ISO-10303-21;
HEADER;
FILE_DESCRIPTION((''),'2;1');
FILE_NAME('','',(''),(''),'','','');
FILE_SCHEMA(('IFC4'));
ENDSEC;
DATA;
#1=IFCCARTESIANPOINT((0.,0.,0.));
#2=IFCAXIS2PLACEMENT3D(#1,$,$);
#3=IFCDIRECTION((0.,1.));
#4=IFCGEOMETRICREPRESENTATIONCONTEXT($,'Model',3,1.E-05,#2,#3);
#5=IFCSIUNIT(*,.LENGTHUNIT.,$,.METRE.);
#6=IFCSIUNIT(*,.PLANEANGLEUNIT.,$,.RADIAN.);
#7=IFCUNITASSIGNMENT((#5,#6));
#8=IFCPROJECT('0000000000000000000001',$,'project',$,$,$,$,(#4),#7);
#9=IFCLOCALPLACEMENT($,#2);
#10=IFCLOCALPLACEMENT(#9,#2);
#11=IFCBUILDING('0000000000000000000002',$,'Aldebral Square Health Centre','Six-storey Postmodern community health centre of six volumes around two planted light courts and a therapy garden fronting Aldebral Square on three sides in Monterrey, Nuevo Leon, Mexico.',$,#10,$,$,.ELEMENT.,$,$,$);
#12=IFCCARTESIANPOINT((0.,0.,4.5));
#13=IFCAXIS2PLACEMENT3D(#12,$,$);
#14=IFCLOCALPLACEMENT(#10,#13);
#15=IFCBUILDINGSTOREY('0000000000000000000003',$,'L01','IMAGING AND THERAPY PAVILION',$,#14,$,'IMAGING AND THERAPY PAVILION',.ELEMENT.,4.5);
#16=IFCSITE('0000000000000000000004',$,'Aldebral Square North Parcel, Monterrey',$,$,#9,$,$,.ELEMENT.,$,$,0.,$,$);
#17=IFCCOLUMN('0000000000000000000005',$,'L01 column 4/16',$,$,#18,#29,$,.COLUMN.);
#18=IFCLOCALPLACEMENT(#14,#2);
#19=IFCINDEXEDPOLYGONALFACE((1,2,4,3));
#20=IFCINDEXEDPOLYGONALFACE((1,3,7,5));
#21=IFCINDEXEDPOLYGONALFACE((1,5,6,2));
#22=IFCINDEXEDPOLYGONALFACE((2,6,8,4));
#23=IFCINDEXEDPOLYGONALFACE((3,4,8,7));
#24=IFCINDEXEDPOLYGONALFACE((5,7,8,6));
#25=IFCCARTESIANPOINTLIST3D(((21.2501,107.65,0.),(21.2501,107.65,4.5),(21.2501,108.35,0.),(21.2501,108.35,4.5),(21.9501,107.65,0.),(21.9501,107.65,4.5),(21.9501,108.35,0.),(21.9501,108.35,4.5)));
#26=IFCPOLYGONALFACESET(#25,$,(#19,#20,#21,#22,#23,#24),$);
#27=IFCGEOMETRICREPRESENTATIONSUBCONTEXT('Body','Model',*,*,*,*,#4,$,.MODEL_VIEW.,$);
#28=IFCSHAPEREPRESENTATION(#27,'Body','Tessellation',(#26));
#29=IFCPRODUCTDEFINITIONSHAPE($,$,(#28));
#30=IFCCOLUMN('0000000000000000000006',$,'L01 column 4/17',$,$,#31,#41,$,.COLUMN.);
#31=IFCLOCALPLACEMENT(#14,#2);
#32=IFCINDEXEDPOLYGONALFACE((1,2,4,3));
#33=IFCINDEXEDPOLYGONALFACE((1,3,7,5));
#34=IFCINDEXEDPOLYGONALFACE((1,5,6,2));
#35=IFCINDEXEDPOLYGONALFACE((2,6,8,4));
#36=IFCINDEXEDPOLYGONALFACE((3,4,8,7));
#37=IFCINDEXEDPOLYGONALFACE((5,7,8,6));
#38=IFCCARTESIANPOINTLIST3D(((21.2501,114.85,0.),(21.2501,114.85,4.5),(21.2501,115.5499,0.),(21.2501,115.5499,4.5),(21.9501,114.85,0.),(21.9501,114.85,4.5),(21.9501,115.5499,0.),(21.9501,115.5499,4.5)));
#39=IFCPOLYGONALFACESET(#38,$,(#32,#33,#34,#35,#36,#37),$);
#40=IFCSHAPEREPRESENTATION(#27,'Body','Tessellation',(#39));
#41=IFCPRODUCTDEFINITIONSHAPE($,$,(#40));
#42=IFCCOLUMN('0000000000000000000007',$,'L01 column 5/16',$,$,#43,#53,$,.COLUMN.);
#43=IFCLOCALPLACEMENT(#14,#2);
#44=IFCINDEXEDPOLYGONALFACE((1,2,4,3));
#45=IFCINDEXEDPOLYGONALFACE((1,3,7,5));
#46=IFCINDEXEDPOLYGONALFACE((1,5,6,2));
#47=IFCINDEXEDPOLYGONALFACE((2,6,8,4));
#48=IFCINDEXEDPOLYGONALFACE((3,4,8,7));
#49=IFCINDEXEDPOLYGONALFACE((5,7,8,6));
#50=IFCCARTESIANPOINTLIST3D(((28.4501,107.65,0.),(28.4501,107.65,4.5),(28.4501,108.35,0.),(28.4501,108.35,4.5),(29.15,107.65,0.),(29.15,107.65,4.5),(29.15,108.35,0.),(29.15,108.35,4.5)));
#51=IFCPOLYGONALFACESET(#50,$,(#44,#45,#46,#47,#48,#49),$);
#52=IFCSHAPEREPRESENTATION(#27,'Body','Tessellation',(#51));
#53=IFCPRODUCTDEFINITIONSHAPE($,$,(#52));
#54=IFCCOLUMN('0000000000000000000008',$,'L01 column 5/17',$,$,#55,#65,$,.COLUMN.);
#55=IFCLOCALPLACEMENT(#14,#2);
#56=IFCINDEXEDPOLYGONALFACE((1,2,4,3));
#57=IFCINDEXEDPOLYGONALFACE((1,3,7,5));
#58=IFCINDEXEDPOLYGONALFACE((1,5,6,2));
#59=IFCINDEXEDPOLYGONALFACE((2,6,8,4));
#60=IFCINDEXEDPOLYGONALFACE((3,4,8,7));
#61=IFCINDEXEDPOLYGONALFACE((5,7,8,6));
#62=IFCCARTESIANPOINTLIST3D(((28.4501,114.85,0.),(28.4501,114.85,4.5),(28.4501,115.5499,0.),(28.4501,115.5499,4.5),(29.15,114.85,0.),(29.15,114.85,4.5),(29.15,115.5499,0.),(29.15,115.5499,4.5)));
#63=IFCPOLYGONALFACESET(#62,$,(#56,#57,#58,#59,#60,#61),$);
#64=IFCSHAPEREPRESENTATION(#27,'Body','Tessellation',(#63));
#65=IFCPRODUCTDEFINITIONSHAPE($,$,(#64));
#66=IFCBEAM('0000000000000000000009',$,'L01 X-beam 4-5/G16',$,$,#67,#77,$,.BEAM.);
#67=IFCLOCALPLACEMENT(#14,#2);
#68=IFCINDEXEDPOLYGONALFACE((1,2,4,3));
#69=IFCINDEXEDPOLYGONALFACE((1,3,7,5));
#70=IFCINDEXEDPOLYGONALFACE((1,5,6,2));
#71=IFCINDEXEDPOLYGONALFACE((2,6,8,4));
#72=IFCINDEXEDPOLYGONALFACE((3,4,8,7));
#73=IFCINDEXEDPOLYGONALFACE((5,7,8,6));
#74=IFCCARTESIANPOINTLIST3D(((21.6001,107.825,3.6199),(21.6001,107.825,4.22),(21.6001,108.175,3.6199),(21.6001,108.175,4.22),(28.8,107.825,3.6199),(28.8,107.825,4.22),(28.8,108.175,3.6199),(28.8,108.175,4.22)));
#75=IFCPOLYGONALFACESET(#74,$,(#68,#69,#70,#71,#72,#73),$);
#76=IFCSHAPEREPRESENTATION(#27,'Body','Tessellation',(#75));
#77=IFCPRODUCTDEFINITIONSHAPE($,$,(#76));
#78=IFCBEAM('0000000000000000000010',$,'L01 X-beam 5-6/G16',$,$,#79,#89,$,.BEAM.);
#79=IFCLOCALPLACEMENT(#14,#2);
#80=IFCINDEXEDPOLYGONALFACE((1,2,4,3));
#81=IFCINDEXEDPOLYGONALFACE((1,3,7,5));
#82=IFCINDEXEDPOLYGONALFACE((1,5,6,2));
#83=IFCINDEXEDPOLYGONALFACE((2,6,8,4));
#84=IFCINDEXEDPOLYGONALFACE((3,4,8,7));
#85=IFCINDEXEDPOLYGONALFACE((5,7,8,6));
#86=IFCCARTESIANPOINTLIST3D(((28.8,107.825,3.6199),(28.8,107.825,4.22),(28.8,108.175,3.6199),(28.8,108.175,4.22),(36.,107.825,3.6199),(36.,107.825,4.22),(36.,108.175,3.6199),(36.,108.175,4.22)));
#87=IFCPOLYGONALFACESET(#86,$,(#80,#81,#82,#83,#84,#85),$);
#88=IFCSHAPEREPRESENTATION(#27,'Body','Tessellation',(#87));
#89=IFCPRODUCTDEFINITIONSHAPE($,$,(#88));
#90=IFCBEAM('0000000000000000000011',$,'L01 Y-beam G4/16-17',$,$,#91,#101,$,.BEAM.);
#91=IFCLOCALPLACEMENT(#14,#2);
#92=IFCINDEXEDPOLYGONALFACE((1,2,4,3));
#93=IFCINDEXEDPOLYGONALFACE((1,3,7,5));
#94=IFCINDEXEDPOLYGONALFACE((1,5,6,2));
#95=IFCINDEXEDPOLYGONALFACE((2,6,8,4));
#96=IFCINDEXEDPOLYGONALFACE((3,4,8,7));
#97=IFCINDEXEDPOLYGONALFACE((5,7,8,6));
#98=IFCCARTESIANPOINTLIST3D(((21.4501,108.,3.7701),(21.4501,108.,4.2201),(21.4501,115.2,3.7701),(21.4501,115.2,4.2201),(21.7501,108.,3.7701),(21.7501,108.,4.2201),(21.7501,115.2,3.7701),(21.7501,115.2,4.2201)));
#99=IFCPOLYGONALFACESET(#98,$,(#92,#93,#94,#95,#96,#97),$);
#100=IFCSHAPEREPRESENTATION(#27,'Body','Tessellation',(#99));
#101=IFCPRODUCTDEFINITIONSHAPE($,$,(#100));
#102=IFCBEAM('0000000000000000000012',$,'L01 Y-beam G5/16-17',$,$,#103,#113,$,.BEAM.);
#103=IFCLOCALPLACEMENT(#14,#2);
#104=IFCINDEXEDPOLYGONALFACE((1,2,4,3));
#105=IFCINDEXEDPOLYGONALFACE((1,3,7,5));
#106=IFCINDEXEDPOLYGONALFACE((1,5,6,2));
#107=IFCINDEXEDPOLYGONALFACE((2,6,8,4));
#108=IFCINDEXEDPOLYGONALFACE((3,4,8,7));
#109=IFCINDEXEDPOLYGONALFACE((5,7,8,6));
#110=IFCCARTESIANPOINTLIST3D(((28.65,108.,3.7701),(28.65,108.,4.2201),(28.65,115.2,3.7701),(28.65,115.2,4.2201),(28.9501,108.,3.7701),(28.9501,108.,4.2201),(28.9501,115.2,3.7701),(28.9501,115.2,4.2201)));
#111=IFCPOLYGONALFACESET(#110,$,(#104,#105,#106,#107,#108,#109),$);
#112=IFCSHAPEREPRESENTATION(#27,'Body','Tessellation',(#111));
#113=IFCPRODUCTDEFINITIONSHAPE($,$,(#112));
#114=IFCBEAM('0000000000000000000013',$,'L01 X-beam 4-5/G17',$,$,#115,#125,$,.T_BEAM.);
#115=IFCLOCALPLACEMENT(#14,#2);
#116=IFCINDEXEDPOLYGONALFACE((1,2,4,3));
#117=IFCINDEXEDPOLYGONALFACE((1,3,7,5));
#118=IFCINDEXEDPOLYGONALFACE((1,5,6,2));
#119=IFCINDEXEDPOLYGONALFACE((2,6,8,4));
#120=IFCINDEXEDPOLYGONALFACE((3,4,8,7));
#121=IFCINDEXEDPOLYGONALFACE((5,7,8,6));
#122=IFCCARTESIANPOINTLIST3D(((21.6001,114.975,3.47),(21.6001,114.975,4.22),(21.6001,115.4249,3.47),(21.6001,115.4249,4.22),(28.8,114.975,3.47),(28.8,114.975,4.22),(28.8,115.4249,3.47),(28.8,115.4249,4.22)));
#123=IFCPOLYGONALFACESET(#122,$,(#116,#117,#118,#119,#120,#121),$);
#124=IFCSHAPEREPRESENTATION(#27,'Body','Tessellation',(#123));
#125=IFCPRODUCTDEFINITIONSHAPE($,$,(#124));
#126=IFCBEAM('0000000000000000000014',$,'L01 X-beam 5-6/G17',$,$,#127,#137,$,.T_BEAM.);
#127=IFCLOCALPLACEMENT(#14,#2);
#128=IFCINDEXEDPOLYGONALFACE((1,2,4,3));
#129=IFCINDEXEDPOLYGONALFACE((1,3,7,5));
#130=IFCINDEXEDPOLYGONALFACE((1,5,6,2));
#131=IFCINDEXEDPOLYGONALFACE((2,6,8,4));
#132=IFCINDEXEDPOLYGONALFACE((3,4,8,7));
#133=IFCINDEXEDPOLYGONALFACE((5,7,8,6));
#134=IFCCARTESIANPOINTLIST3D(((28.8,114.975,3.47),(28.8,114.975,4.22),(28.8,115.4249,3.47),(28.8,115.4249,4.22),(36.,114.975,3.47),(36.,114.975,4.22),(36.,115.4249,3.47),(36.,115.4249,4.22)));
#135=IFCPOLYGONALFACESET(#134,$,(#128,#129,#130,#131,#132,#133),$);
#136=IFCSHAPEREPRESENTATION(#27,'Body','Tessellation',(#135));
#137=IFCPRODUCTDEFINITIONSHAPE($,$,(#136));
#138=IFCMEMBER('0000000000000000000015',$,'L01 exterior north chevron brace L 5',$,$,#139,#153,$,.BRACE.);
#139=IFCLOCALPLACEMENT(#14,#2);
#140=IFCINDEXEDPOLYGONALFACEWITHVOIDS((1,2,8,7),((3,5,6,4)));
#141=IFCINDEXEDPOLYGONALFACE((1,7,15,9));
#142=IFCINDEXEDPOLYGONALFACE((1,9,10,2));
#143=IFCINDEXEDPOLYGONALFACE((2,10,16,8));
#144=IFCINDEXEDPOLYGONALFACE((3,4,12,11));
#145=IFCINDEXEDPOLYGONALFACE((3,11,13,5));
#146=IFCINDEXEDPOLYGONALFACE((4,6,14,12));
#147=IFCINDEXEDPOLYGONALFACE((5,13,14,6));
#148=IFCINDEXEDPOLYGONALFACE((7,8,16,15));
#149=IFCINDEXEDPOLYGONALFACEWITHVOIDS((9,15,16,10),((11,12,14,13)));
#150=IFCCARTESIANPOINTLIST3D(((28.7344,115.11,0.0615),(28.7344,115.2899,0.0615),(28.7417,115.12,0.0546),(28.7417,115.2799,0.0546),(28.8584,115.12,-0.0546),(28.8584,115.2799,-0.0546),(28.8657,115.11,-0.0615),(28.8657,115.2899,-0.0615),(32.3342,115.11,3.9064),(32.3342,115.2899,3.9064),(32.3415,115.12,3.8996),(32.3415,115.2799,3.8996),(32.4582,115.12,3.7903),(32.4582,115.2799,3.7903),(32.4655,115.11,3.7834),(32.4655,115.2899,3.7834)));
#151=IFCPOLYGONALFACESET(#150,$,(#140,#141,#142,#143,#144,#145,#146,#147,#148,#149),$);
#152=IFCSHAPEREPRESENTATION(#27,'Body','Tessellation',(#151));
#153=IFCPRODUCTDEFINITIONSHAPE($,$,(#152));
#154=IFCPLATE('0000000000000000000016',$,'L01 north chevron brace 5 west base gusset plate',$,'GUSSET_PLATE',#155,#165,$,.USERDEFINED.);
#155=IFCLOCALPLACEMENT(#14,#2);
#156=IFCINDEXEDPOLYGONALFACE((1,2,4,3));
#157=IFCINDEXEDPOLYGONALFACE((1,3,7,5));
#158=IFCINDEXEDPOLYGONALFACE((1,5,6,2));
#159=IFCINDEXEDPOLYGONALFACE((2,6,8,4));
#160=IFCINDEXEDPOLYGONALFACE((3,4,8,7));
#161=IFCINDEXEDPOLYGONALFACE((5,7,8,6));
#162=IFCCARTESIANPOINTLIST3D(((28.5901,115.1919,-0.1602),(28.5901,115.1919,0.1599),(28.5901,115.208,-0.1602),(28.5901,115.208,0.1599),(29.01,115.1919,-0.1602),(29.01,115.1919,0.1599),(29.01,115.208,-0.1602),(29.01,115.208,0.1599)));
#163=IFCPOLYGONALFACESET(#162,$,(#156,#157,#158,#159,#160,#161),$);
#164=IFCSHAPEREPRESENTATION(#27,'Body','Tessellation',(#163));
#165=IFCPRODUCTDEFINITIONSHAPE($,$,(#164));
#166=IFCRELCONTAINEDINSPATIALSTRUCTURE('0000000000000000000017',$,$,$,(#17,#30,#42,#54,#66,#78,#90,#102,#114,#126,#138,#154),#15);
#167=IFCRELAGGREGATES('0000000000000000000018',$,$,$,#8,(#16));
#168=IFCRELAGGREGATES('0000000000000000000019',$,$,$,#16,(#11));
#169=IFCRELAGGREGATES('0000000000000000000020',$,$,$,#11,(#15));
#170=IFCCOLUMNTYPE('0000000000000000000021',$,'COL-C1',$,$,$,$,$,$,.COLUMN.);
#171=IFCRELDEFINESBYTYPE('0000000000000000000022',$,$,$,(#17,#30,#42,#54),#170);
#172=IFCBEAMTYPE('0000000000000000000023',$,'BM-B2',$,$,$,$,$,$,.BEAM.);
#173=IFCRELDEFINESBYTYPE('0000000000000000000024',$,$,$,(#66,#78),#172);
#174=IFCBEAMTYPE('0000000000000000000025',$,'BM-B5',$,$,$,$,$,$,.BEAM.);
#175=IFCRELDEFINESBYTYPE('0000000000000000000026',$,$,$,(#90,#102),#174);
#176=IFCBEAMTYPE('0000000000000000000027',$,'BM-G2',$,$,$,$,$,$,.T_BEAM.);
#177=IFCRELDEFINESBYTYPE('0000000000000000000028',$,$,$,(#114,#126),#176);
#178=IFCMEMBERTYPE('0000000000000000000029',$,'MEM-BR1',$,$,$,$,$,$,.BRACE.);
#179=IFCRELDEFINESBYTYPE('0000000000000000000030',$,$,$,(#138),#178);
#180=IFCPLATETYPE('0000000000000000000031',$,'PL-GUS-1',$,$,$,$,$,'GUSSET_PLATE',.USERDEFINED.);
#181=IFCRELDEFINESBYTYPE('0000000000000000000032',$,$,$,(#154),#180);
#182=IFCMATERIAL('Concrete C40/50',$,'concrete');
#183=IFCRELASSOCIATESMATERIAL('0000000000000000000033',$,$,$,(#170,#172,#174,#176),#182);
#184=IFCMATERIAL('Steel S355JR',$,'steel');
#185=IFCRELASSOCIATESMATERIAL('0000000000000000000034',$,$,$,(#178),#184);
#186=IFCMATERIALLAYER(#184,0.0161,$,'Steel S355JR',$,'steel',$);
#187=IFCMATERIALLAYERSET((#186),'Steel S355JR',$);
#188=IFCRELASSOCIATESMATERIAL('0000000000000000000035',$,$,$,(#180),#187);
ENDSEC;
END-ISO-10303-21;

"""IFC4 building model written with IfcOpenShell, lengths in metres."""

from ifc_helpers import new_model, si_unit, direction, frame, origin, origin_2d, place, context, subcontext, project, spatial, rectangle, hollow_rectangle, extrude, material, layer, layer_set, material_profile, profile_set, type_object, element, save


model = new_model("IFC4")

# Units and contexts
model_context = context("Model", 3, precision=1e-05, world=origin(), true_north=direction((0.0, 1.0)))
body_context = subcontext(model_context, "Body", "Model", "MODEL_VIEW")
ifc_project = project(units=[si_unit("LENGTHUNIT", "METRE"), si_unit("PLANEANGLEUNIT", "RADIAN")], contexts=[model_context])

# Site, building, storey
site_placement = place(None, origin())
site = spatial("IfcSite", under=ifc_project, at=site_placement, Name="Aldebral Square North Parcel, Monterrey", CompositionType="ELEMENT", RefElevation=0.0)
building_placement = place(site_placement, origin())
building = spatial("IfcBuilding", under=site, at=building_placement, Name="Aldebral Square Health Centre", Description="Six-storey Postmodern community health centre of six volumes around two planted light courts and a therapy garden fronting Aldebral Square on three sides in Monterrey, Nuevo Leon, Mexico.", CompositionType="ELEMENT")
storey_placement = place(building_placement, frame((0.0, 0.0, 4.5)))
storey = spatial("IfcBuildingStorey", under=building, at=storey_placement, Name="L01", Description="IMAGING AND THERAPY PAVILION", LongName="IMAGING AND THERAPY PAVILION", CompositionType="ELEMENT", Elevation=4.5)

# Columns
ifc_material_1 = material(Name="Concrete C40/50", Category="concrete")
ifc_material_profile_1 = material_profile(ifc_material_1, rectangle(XDim=0.7, YDim=0.7, at=origin_2d()), Name="RC 700x700")
ifc_profile_set_1 = profile_set([ifc_material_profile_1], Name="Concrete C40/50")
column_type = type_object("IfcColumnType", Name="COL-C1", PredefinedType="COLUMN", material=ifc_profile_set_1)
for number, where, z_axis, x_axis, name in (
    (1, (21.6001, 108.0, 0.0), (0.0, 0.0, 1.0), (1.0, 0.0, 0.0), "L01 column 4/16"),
    (2, (21.6001, 115.2, 0.0), (0.0, 0.0, 1.0), (1.0, 0.0, 0.0), "L01 column 4/17"),
    (3, (28.8, 108.0, 0.0), (0.0, 0.0, 1.0), (1.0, 0.0, 0.0), "L01 column 5/16"),
    (4, (28.8, 115.2, 0.0), (0.0, 0.0, 1.0), (1.0, 0.0, 0.0), "L01 column 5/17"),
):
    element("IfcColumn", number, at=place(storey_placement, frame(where, z_axis=z_axis, x_axis=x_axis)), inside=storey, type_object=column_type, Name=name, PredefinedType="COLUMN", context=body_context, shape_type="SweptSolid", body=[
        extrude(rectangle(XDim=0.7, YDim=0.7, at=origin_2d()), origin(), (0.0, 0.0, 1.0), 4.5),
    ])

# Beams
ifc_material_profile_2 = material_profile(ifc_material_1, rectangle(XDim=0.3501, YDim=0.6001, at=origin_2d()), Name="RC 350x600")
ifc_profile_set_2 = profile_set([ifc_material_profile_2], Name="Concrete C40/50")
beam_type_1 = type_object("IfcBeamType", Name="BM-B2", PredefinedType="BEAM", material=ifc_profile_set_2)
for number, where, z_axis, x_axis, name in (
    (5, (21.6001, 108.0, 3.9199), (1.0, 0.0, 0.0), (0.0, 1.0, 0.0), "L01 X-beam 4-5/G16"),
    (6, (28.8, 108.0, 3.9199), (1.0, 0.0, 0.0), (0.0, 1.0, 0.0), "L01 X-beam 5-6/G16"),
):
    element("IfcBeam", number, at=place(storey_placement, frame(where, z_axis=z_axis, x_axis=x_axis)), inside=storey, type_object=beam_type_1, Name=name, PredefinedType="BEAM", context=body_context, shape_type="SweptSolid", body=[
        extrude(rectangle(XDim=0.3501, YDim=0.6001, at=origin_2d()), origin(), (0.0, 0.0, 1.0), 7.2),
    ])
ifc_material_profile_3 = material_profile(ifc_material_1, rectangle(XDim=0.3, YDim=0.45, at=origin_2d()), Name="RC 300x450")
ifc_profile_set_3 = profile_set([ifc_material_profile_3], Name="Concrete C40/50")
beam_type_2 = type_object("IfcBeamType", Name="BM-B5", PredefinedType="BEAM", material=ifc_profile_set_3)
for number, where, z_axis, x_axis, name in (
    (7, (21.6001, 108.0, 3.9951), (0.0, 1.0, 0.0), (-1.0, 0.0, 0.0), "L01 Y-beam G4/16-17"),
    (8, (28.8, 108.0, 3.9951), (0.0, 1.0, 0.0), (-1.0, 0.0, 0.0), "L01 Y-beam G5/16-17"),
):
    element("IfcBeam", number, at=place(storey_placement, frame(where, z_axis=z_axis, x_axis=x_axis)), inside=storey, type_object=beam_type_2, Name=name, PredefinedType="BEAM", context=body_context, shape_type="SweptSolid", body=[
        extrude(rectangle(XDim=0.3, YDim=0.45, at=origin_2d()), origin(), (0.0, 0.0, 1.0), 7.2),
    ])
ifc_material_profile_4 = material_profile(ifc_material_1, rectangle(XDim=0.45, YDim=0.75, at=origin_2d()), Name="RC 450x750")
ifc_profile_set_4 = profile_set([ifc_material_profile_4], Name="Concrete C40/50")
beam_type_3 = type_object("IfcBeamType", Name="BM-G2", PredefinedType="T_BEAM", material=ifc_profile_set_4)
for number, where, z_axis, x_axis, name in (
    (9, (21.6001, 115.2, 3.845), (1.0, 0.0, 0.0), (0.0, 1.0, 0.0), "L01 X-beam 4-5/G17"),
    (10, (28.8, 115.2, 3.845), (1.0, 0.0, 0.0), (0.0, 1.0, 0.0), "L01 X-beam 5-6/G17"),
):
    element("IfcBeam", number, at=place(storey_placement, frame(where, z_axis=z_axis, x_axis=x_axis)), inside=storey, type_object=beam_type_3, Name=name, PredefinedType="T_BEAM", context=body_context, shape_type="SweptSolid", body=[
        extrude(rectangle(XDim=0.45, YDim=0.75, at=origin_2d()), origin(), (0.0, 0.0, 1.0), 7.2),
    ])

# Member
ifc_material_2 = material(Name="Steel S355JR", Category="steel")
ifc_material_profile_5 = material_profile(ifc_material_2, hollow_rectangle(XDim=0.1799, YDim=0.1799, WallThickness=0.01, at=origin_2d()), Name="180x180x10 SHS")
ifc_profile_set_5 = profile_set([ifc_material_profile_5], Name="Steel S355JR")
member_type = type_object("IfcMemberType", Name="MEM-BR1", PredefinedType="BRACE", material=ifc_profile_set_5)
member_placement = place(storey_placement, frame((28.8, 115.2, 0.0), z_axis=(0.683455, 0.0, 0.729992), x_axis=(0.0, 1.0, 0.0)))
element("IfcMember", 11, at=member_placement, inside=storey, type_object=member_type, Name="L01 exterior north chevron brace L 5", PredefinedType="BRACE", context=body_context, shape_type="SweptSolid", body=[
    extrude(hollow_rectangle(XDim=0.1799, YDim=0.1799, WallThickness=0.01, at=origin_2d()), origin(), (0.0, 0.0, 1.0), 5.2671),
])

# Plate
ifc_layer_1 = layer(ifc_material_2, 0.0161, Name="Steel S355JR", Category="steel")
ifc_layer_set_1 = layer_set([ifc_layer_1], Name="Steel S355JR")
plate_type = type_object("IfcPlateType", Name="PL-GUS-1", ElementType="GUSSET_PLATE", PredefinedType="USERDEFINED", material=ifc_layer_set_1)
plate_placement = place(storey_placement, frame((28.8, 115.2, -0.1602), z_axis=(0.0, 0.0, 1.0), x_axis=(1.0, 0.0, 0.0)))
element("IfcPlate", 12, at=plate_placement, inside=storey, type_object=plate_type, Name="L01 north chevron brace 5 west base gusset plate", ObjectType="GUSSET_PLATE", PredefinedType="USERDEFINED", context=body_context, shape_type="SweptSolid", body=[
    extrude(rectangle(XDim=0.4199, YDim=0.0161, at=origin_2d()), origin(), (0.0, 0.0, 1.0), 0.3201),
])

save(model, "model.ifc")
